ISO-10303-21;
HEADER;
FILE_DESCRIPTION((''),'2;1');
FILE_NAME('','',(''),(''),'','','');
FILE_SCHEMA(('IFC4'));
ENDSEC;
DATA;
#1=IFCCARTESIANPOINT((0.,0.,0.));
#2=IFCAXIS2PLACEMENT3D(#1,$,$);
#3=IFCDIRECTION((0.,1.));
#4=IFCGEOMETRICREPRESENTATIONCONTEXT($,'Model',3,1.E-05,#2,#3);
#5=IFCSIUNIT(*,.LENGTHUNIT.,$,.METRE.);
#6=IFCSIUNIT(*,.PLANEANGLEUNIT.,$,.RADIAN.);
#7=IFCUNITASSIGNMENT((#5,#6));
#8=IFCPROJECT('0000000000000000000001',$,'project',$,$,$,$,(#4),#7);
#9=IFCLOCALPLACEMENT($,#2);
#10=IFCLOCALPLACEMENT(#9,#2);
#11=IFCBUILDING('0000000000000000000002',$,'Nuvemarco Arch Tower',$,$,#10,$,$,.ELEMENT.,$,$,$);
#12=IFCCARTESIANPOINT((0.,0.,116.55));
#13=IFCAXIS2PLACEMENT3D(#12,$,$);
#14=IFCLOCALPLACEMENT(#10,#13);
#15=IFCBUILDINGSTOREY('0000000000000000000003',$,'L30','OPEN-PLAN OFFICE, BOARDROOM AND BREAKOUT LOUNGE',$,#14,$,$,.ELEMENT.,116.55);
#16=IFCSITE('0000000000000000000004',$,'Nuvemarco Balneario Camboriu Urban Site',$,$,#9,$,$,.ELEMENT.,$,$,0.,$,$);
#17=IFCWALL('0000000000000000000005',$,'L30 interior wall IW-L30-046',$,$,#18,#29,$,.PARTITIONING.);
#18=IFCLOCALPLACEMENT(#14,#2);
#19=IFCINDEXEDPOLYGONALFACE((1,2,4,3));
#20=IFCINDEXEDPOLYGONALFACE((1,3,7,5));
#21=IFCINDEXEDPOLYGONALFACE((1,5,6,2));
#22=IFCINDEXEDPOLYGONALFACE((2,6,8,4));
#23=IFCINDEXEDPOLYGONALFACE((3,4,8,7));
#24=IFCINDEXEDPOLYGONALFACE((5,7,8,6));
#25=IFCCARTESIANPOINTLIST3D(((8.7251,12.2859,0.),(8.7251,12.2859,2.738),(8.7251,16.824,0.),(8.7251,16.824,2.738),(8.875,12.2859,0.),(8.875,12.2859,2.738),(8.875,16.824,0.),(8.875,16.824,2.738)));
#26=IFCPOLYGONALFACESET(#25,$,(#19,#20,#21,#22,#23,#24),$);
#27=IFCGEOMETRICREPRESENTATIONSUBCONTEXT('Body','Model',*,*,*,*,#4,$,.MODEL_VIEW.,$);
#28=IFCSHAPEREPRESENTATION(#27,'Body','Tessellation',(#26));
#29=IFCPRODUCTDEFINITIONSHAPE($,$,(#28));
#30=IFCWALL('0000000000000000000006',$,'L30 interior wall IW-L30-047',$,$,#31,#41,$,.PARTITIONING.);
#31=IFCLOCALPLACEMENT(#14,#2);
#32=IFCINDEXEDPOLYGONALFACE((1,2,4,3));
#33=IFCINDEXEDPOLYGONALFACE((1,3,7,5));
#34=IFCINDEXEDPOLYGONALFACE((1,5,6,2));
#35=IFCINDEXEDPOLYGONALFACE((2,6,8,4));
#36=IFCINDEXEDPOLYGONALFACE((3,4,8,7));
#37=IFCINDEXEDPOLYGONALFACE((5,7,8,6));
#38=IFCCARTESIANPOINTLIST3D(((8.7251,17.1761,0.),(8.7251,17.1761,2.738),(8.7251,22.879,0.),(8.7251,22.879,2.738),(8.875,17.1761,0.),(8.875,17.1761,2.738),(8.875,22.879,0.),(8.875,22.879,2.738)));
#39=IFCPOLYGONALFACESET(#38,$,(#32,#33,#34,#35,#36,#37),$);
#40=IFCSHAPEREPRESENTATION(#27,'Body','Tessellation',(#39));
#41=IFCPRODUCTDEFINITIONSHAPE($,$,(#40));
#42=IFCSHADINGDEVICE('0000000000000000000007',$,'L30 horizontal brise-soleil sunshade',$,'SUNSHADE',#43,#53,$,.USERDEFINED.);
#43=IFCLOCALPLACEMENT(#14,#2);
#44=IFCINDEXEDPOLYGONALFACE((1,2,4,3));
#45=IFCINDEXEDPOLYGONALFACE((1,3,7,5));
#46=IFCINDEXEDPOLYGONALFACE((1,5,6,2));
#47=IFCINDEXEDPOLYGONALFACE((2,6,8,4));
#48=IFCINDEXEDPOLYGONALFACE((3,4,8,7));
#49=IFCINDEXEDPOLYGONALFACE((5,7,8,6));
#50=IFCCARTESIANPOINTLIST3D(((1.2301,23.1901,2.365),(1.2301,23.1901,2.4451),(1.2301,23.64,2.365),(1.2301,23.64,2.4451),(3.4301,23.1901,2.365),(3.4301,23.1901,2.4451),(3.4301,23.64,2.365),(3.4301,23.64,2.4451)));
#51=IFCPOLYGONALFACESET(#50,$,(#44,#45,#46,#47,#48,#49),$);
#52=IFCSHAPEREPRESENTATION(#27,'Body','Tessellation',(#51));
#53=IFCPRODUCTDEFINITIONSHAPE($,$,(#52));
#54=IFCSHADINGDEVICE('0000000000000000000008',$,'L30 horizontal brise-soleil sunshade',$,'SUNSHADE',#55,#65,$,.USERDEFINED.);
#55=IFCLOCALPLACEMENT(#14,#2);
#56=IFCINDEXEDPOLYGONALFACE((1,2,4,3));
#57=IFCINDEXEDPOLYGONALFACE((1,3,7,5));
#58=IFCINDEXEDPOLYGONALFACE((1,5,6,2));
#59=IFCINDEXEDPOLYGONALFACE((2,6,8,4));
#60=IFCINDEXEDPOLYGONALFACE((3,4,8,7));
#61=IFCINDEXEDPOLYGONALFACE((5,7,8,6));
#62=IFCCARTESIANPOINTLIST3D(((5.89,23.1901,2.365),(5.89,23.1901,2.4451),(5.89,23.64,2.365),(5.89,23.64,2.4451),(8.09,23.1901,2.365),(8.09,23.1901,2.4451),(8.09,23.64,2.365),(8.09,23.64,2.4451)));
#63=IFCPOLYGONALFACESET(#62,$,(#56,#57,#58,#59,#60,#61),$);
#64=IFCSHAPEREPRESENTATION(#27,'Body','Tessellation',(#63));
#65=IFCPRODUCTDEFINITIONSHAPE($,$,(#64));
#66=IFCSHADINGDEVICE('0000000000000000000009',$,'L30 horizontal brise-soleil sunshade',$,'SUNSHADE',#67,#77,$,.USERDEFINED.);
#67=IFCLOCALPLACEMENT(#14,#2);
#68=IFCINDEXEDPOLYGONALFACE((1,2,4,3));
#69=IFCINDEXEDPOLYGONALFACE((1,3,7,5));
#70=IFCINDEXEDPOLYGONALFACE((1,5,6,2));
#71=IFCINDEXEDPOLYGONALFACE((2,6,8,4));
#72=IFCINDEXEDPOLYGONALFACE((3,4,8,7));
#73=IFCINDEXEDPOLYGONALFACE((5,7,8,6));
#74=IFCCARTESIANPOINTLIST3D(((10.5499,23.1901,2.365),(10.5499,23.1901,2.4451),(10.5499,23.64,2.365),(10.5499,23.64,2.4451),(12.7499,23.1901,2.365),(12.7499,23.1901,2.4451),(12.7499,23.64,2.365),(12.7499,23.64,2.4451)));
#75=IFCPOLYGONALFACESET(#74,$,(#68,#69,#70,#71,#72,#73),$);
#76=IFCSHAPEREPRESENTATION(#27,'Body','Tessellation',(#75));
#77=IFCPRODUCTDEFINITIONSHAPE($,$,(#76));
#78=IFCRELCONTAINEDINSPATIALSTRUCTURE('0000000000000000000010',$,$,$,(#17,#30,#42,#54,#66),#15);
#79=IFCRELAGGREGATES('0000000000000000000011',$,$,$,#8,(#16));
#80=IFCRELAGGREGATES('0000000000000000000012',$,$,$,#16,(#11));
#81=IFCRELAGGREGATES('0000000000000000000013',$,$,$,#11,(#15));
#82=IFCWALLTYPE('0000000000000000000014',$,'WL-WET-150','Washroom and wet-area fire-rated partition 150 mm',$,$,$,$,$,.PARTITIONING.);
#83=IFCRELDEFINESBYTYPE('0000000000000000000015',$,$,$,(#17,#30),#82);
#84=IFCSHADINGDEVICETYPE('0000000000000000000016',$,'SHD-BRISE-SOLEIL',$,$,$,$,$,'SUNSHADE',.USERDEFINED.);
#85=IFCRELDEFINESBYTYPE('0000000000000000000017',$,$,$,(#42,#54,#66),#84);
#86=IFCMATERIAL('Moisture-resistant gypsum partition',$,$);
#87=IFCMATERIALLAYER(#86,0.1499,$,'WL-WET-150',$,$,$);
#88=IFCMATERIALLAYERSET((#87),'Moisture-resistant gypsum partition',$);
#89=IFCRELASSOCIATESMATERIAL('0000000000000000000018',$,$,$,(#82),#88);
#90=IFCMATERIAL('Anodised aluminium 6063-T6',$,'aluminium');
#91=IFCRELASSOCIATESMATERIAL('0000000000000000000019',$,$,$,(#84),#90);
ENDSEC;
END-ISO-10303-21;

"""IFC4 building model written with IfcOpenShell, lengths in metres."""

from ifc_helpers import new_model, si_unit, direction, frame, frame_2d, origin, origin_2d, place, context, subcontext, project, spatial, rectangle, extrude, source, transform, mapped, material, layer, layer_set, type_object, type_shapes, element, save


model = new_model("IFC4")

# Units and contexts
model_context = context("Model", 3, precision=1e-05, world=origin(), true_north=direction((0.0, 1.0)))
body_context = subcontext(model_context, "Body", "Model", "MODEL_VIEW")
ifc_project = project(units=[si_unit("LENGTHUNIT", "METRE"), si_unit("PLANEANGLEUNIT", "RADIAN")], contexts=[model_context])

# Site, building, storey
site_placement = place(None, origin())
site = spatial("IfcSite", under=ifc_project, at=site_placement, Name="Nuvemarco Balneario Camboriu Urban Site", CompositionType="ELEMENT", RefElevation=0.0)
building_placement = place(site_placement, origin())
building = spatial("IfcBuilding", under=site, at=building_placement, Name="Nuvemarco Arch Tower", CompositionType="ELEMENT")
storey_placement = place(building_placement, frame((0.0, 0.0, 116.55)))
storey = spatial("IfcBuildingStorey", under=building, at=storey_placement, Name="L30", Description="OPEN-PLAN OFFICE, BOARDROOM AND BREAKOUT LOUNGE", CompositionType="ELEMENT", Elevation=116.55)

# Walls
ifc_material_1 = material(Name="Moisture-resistant gypsum partition")
ifc_layer_1 = layer(ifc_material_1, 0.1499, Name="WL-WET-150")
ifc_layer_set_1 = layer_set([ifc_layer_1], Name="Moisture-resistant gypsum partition")
wall_type = type_object("IfcWallType", Name="WL-WET-150", Description="Washroom and wet-area fire-rated partition 150 mm", PredefinedType="PARTITIONING", material=ifc_layer_set_1)
wall_1_placement = place(storey_placement, frame((8.8, 12.2859, 0.0), z_axis=(0.0, 0.0, 1.0), x_axis=(0.0, 1.0, 0.0)))
element("IfcWall", 1, at=wall_1_placement, inside=storey, type_object=wall_type, Name="L30 interior wall IW-L30-046", PredefinedType="PARTITIONING", context=body_context, shape_type="SweptSolid", body=[
    extrude(rectangle(XDim=4.5381, YDim=0.1499, at=frame_2d((2.269, 0.0))), origin(), (0.0, 0.0, 1.0), 2.738),
])
wall_2_placement = place(storey_placement, frame((8.8, 17.176, 0.0), z_axis=(0.0, 0.0, 1.0), x_axis=(0.0, 1.0, 0.0)))
element("IfcWall", 2, at=wall_2_placement, inside=storey, type_object=wall_type, Name="L30 interior wall IW-L30-047", PredefinedType="PARTITIONING", context=body_context, shape_type="SweptSolid", body=[
    extrude(rectangle(XDim=5.7029, YDim=0.1499, at=frame_2d((2.8516, 0.0))), origin(), (0.0, 0.0, 1.0), 2.738),
])

# Shading devices
ifc_material_2 = material(Name="Anodised aluminium 6063-T6", Category="aluminium")
shading_device_type = type_object("IfcShadingDeviceType", Name="SHD-BRISE-SOLEIL", ElementType="SUNSHADE", PredefinedType="USERDEFINED", material=ifc_material_2)
shared_shape_1 = source(origin(), body_context, "Body", "SweptSolid", [
    extrude(rectangle(XDim=2.2, YDim=0.45, at=origin_2d()), origin(), (0.0, 0.0, 1.0), 0.0801),
])
type_shapes(shading_device_type, [shared_shape_1])
for number, where, z_axis, x_axis, name in (
    (3, (2.3301, 23.415, 2.365), (0.0, 0.0, 1.0), (1.0, 0.0, 0.0), "L30 horizontal brise-soleil sunshade"),
    (4, (6.99, 23.415, 2.365), (0.0, 0.0, 1.0), (1.0, 0.0, 0.0), "L30 horizontal brise-soleil sunshade"),
    (5, (11.6499, 23.415, 2.365), (0.0, 0.0, 1.0), (1.0, 0.0, 0.0), "L30 horizontal brise-soleil sunshade"),
):
    element("IfcShadingDevice", number, at=place(storey_placement, frame(where, z_axis=z_axis, x_axis=x_axis)), inside=storey, type_object=shading_device_type, Name=name, ObjectType="SUNSHADE", PredefinedType="USERDEFINED", context=body_context, shape_type="MappedRepresentation", body=[
        mapped(shared_shape_1, transform((0.0, 0.0, 0.0), scale=1.0)),
    ])

save(model, "model.ifc")
